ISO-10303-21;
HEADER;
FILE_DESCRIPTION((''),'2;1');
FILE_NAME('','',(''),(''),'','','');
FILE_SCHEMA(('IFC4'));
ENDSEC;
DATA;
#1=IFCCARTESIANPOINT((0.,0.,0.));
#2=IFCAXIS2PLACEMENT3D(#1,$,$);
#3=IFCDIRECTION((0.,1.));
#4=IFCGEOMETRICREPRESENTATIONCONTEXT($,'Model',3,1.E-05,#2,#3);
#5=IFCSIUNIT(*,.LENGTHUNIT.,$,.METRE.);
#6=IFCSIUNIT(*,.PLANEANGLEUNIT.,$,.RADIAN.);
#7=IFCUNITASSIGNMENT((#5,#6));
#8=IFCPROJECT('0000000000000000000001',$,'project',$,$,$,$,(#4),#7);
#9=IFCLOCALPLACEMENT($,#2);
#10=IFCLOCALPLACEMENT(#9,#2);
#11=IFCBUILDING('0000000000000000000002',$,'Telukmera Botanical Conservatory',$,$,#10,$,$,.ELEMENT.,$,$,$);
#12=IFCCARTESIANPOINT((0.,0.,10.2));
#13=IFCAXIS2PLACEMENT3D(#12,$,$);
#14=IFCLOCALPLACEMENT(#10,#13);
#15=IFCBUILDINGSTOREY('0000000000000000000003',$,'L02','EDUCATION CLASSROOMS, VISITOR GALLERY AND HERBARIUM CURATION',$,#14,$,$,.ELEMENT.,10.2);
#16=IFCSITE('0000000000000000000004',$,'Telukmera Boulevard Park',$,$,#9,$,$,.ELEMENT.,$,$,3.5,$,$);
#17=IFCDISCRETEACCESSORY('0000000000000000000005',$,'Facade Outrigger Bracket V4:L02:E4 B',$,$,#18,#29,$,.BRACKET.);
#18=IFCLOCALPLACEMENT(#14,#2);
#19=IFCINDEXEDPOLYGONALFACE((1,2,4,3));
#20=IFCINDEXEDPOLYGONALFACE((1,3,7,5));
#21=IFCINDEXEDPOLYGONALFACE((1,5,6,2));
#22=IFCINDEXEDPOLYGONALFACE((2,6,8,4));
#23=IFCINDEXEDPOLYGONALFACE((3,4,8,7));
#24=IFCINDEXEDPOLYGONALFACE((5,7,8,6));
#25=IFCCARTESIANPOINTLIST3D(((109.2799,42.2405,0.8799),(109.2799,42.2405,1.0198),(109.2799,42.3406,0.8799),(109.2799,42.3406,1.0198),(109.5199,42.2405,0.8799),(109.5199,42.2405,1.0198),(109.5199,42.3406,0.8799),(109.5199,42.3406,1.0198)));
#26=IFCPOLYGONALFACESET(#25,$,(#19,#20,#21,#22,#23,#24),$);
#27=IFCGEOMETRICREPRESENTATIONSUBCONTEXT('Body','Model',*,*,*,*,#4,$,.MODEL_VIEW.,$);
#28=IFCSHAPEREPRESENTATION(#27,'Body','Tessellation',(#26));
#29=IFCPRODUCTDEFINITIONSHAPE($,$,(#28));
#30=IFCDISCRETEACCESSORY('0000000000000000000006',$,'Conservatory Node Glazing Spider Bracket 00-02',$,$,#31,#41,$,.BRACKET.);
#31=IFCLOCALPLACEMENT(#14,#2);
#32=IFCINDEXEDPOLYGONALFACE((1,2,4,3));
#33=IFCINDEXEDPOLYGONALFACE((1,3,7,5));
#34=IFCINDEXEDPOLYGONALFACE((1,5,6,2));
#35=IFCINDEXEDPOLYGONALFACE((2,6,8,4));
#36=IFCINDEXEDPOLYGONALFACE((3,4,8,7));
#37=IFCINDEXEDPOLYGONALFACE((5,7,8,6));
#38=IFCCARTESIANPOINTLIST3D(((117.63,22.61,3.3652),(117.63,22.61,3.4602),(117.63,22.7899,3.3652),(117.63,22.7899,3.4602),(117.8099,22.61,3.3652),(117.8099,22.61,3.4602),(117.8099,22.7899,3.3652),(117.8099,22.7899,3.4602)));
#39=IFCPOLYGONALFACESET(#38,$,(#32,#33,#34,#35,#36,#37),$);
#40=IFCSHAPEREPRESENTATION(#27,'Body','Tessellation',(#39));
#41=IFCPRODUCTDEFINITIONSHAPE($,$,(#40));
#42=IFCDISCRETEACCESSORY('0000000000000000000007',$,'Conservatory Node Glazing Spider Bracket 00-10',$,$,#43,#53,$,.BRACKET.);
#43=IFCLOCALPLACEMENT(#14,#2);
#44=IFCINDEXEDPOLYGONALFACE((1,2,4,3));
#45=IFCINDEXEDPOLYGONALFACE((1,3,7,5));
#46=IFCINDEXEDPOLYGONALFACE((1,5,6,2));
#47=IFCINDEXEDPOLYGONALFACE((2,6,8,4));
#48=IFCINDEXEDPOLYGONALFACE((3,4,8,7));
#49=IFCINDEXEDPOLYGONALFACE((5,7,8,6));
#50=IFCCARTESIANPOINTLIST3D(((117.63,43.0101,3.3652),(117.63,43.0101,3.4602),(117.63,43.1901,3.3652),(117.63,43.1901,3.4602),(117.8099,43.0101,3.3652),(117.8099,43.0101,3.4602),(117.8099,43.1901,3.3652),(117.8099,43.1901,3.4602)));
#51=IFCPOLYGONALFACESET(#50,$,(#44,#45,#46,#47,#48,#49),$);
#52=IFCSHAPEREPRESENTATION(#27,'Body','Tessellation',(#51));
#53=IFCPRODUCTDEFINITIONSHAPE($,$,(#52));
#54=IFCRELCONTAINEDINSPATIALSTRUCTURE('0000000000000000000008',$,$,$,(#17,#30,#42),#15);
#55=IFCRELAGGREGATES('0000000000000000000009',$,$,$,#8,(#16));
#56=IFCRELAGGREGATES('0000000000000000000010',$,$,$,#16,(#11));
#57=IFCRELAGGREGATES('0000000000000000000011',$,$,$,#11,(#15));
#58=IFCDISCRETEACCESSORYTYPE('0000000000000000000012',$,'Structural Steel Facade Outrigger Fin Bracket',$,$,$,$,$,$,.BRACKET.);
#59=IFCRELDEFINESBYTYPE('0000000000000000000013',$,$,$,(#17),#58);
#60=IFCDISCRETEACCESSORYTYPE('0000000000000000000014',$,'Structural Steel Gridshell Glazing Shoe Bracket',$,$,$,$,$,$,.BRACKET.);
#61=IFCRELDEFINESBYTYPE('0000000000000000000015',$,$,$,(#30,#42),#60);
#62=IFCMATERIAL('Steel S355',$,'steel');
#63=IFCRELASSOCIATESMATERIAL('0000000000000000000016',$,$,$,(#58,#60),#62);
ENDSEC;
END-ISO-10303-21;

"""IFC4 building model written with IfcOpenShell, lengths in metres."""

from ifc_helpers import new_model, si_unit, direction, frame, origin, origin_2d, place, context, subcontext, project, spatial, rectangle, extrude, material, type_object, element, save


model = new_model("IFC4")

# Units and contexts
model_context = context("Model", 3, precision=1e-05, world=origin(), true_north=direction((0.0, 1.0)))
body_context = subcontext(model_context, "Body", "Model", "MODEL_VIEW")
ifc_project = project(units=[si_unit("LENGTHUNIT", "METRE"), si_unit("PLANEANGLEUNIT", "RADIAN")], contexts=[model_context])

# Site, building, storey
site_placement = place(None, origin())
site = spatial("IfcSite", under=ifc_project, at=site_placement, Name="Telukmera Boulevard Park", CompositionType="ELEMENT", RefElevation=3.5)
building_placement = place(site_placement, origin())
building = spatial("IfcBuilding", under=site, at=building_placement, Name="Telukmera Botanical Conservatory", CompositionType="ELEMENT")
storey_placement = place(building_placement, frame((0.0, 0.0, 10.2)))
storey = spatial("IfcBuildingStorey", under=building, at=storey_placement, Name="L02", Description="EDUCATION CLASSROOMS, VISITOR GALLERY AND HERBARIUM CURATION", CompositionType="ELEMENT", Elevation=10.2)

# Discrete accessories
ifc_material_1 = material(Name="Steel S355", Category="steel")
discrete_accessory_type_1 = type_object("IfcDiscreteAccessoryType", Name="Structural Steel Facade Outrigger Fin Bracket", PredefinedType="BRACKET", material=ifc_material_1)
for number, where, z_axis, x_axis, name in (
    (1, (109.3999, 42.2905, 0.8799), (0.0, 0.0, 1.0), (0.0, 1.0, 0.0), "Facade Outrigger Bracket V4:L02:E4 B"),
):
    element("IfcDiscreteAccessory", number, at=place(storey_placement, frame(where, z_axis=z_axis, x_axis=x_axis)), inside=storey, type_object=discrete_accessory_type_1, Name=name, PredefinedType="BRACKET", context=body_context, shape_type="SweptSolid", body=[
        extrude(rectangle(XDim=0.1001, YDim=0.24, at=origin_2d()), origin(), (0.0, 0.0, 1.0), 0.1399),
    ])
discrete_accessory_type_2 = type_object("IfcDiscreteAccessoryType", Name="Structural Steel Gridshell Glazing Shoe Bracket", PredefinedType="BRACKET", material=ifc_material_1)
for number, where, z_axis, x_axis, name in (
    (2, (117.72, 22.7, 3.3652), (0.0, 0.0, 1.0), (1.0, 0.0, 0.0), "Conservatory Node Glazing Spider Bracket 00-02"),
    (3, (117.72, 43.1001, 3.3652), (0.0, 0.0, 1.0), (1.0, 0.0, 0.0), "Conservatory Node Glazing Spider Bracket 00-10"),
):
    element("IfcDiscreteAccessory", number, at=place(storey_placement, frame(where, z_axis=z_axis, x_axis=x_axis)), inside=storey, type_object=discrete_accessory_type_2, Name=name, PredefinedType="BRACKET", context=body_context, shape_type="SweptSolid", body=[
        extrude(rectangle(XDim=0.1799, YDim=0.1799, at=origin_2d()), origin(), (0.0, 0.0, 1.0), 0.095),
    ])

save(model, "model.ifc")
